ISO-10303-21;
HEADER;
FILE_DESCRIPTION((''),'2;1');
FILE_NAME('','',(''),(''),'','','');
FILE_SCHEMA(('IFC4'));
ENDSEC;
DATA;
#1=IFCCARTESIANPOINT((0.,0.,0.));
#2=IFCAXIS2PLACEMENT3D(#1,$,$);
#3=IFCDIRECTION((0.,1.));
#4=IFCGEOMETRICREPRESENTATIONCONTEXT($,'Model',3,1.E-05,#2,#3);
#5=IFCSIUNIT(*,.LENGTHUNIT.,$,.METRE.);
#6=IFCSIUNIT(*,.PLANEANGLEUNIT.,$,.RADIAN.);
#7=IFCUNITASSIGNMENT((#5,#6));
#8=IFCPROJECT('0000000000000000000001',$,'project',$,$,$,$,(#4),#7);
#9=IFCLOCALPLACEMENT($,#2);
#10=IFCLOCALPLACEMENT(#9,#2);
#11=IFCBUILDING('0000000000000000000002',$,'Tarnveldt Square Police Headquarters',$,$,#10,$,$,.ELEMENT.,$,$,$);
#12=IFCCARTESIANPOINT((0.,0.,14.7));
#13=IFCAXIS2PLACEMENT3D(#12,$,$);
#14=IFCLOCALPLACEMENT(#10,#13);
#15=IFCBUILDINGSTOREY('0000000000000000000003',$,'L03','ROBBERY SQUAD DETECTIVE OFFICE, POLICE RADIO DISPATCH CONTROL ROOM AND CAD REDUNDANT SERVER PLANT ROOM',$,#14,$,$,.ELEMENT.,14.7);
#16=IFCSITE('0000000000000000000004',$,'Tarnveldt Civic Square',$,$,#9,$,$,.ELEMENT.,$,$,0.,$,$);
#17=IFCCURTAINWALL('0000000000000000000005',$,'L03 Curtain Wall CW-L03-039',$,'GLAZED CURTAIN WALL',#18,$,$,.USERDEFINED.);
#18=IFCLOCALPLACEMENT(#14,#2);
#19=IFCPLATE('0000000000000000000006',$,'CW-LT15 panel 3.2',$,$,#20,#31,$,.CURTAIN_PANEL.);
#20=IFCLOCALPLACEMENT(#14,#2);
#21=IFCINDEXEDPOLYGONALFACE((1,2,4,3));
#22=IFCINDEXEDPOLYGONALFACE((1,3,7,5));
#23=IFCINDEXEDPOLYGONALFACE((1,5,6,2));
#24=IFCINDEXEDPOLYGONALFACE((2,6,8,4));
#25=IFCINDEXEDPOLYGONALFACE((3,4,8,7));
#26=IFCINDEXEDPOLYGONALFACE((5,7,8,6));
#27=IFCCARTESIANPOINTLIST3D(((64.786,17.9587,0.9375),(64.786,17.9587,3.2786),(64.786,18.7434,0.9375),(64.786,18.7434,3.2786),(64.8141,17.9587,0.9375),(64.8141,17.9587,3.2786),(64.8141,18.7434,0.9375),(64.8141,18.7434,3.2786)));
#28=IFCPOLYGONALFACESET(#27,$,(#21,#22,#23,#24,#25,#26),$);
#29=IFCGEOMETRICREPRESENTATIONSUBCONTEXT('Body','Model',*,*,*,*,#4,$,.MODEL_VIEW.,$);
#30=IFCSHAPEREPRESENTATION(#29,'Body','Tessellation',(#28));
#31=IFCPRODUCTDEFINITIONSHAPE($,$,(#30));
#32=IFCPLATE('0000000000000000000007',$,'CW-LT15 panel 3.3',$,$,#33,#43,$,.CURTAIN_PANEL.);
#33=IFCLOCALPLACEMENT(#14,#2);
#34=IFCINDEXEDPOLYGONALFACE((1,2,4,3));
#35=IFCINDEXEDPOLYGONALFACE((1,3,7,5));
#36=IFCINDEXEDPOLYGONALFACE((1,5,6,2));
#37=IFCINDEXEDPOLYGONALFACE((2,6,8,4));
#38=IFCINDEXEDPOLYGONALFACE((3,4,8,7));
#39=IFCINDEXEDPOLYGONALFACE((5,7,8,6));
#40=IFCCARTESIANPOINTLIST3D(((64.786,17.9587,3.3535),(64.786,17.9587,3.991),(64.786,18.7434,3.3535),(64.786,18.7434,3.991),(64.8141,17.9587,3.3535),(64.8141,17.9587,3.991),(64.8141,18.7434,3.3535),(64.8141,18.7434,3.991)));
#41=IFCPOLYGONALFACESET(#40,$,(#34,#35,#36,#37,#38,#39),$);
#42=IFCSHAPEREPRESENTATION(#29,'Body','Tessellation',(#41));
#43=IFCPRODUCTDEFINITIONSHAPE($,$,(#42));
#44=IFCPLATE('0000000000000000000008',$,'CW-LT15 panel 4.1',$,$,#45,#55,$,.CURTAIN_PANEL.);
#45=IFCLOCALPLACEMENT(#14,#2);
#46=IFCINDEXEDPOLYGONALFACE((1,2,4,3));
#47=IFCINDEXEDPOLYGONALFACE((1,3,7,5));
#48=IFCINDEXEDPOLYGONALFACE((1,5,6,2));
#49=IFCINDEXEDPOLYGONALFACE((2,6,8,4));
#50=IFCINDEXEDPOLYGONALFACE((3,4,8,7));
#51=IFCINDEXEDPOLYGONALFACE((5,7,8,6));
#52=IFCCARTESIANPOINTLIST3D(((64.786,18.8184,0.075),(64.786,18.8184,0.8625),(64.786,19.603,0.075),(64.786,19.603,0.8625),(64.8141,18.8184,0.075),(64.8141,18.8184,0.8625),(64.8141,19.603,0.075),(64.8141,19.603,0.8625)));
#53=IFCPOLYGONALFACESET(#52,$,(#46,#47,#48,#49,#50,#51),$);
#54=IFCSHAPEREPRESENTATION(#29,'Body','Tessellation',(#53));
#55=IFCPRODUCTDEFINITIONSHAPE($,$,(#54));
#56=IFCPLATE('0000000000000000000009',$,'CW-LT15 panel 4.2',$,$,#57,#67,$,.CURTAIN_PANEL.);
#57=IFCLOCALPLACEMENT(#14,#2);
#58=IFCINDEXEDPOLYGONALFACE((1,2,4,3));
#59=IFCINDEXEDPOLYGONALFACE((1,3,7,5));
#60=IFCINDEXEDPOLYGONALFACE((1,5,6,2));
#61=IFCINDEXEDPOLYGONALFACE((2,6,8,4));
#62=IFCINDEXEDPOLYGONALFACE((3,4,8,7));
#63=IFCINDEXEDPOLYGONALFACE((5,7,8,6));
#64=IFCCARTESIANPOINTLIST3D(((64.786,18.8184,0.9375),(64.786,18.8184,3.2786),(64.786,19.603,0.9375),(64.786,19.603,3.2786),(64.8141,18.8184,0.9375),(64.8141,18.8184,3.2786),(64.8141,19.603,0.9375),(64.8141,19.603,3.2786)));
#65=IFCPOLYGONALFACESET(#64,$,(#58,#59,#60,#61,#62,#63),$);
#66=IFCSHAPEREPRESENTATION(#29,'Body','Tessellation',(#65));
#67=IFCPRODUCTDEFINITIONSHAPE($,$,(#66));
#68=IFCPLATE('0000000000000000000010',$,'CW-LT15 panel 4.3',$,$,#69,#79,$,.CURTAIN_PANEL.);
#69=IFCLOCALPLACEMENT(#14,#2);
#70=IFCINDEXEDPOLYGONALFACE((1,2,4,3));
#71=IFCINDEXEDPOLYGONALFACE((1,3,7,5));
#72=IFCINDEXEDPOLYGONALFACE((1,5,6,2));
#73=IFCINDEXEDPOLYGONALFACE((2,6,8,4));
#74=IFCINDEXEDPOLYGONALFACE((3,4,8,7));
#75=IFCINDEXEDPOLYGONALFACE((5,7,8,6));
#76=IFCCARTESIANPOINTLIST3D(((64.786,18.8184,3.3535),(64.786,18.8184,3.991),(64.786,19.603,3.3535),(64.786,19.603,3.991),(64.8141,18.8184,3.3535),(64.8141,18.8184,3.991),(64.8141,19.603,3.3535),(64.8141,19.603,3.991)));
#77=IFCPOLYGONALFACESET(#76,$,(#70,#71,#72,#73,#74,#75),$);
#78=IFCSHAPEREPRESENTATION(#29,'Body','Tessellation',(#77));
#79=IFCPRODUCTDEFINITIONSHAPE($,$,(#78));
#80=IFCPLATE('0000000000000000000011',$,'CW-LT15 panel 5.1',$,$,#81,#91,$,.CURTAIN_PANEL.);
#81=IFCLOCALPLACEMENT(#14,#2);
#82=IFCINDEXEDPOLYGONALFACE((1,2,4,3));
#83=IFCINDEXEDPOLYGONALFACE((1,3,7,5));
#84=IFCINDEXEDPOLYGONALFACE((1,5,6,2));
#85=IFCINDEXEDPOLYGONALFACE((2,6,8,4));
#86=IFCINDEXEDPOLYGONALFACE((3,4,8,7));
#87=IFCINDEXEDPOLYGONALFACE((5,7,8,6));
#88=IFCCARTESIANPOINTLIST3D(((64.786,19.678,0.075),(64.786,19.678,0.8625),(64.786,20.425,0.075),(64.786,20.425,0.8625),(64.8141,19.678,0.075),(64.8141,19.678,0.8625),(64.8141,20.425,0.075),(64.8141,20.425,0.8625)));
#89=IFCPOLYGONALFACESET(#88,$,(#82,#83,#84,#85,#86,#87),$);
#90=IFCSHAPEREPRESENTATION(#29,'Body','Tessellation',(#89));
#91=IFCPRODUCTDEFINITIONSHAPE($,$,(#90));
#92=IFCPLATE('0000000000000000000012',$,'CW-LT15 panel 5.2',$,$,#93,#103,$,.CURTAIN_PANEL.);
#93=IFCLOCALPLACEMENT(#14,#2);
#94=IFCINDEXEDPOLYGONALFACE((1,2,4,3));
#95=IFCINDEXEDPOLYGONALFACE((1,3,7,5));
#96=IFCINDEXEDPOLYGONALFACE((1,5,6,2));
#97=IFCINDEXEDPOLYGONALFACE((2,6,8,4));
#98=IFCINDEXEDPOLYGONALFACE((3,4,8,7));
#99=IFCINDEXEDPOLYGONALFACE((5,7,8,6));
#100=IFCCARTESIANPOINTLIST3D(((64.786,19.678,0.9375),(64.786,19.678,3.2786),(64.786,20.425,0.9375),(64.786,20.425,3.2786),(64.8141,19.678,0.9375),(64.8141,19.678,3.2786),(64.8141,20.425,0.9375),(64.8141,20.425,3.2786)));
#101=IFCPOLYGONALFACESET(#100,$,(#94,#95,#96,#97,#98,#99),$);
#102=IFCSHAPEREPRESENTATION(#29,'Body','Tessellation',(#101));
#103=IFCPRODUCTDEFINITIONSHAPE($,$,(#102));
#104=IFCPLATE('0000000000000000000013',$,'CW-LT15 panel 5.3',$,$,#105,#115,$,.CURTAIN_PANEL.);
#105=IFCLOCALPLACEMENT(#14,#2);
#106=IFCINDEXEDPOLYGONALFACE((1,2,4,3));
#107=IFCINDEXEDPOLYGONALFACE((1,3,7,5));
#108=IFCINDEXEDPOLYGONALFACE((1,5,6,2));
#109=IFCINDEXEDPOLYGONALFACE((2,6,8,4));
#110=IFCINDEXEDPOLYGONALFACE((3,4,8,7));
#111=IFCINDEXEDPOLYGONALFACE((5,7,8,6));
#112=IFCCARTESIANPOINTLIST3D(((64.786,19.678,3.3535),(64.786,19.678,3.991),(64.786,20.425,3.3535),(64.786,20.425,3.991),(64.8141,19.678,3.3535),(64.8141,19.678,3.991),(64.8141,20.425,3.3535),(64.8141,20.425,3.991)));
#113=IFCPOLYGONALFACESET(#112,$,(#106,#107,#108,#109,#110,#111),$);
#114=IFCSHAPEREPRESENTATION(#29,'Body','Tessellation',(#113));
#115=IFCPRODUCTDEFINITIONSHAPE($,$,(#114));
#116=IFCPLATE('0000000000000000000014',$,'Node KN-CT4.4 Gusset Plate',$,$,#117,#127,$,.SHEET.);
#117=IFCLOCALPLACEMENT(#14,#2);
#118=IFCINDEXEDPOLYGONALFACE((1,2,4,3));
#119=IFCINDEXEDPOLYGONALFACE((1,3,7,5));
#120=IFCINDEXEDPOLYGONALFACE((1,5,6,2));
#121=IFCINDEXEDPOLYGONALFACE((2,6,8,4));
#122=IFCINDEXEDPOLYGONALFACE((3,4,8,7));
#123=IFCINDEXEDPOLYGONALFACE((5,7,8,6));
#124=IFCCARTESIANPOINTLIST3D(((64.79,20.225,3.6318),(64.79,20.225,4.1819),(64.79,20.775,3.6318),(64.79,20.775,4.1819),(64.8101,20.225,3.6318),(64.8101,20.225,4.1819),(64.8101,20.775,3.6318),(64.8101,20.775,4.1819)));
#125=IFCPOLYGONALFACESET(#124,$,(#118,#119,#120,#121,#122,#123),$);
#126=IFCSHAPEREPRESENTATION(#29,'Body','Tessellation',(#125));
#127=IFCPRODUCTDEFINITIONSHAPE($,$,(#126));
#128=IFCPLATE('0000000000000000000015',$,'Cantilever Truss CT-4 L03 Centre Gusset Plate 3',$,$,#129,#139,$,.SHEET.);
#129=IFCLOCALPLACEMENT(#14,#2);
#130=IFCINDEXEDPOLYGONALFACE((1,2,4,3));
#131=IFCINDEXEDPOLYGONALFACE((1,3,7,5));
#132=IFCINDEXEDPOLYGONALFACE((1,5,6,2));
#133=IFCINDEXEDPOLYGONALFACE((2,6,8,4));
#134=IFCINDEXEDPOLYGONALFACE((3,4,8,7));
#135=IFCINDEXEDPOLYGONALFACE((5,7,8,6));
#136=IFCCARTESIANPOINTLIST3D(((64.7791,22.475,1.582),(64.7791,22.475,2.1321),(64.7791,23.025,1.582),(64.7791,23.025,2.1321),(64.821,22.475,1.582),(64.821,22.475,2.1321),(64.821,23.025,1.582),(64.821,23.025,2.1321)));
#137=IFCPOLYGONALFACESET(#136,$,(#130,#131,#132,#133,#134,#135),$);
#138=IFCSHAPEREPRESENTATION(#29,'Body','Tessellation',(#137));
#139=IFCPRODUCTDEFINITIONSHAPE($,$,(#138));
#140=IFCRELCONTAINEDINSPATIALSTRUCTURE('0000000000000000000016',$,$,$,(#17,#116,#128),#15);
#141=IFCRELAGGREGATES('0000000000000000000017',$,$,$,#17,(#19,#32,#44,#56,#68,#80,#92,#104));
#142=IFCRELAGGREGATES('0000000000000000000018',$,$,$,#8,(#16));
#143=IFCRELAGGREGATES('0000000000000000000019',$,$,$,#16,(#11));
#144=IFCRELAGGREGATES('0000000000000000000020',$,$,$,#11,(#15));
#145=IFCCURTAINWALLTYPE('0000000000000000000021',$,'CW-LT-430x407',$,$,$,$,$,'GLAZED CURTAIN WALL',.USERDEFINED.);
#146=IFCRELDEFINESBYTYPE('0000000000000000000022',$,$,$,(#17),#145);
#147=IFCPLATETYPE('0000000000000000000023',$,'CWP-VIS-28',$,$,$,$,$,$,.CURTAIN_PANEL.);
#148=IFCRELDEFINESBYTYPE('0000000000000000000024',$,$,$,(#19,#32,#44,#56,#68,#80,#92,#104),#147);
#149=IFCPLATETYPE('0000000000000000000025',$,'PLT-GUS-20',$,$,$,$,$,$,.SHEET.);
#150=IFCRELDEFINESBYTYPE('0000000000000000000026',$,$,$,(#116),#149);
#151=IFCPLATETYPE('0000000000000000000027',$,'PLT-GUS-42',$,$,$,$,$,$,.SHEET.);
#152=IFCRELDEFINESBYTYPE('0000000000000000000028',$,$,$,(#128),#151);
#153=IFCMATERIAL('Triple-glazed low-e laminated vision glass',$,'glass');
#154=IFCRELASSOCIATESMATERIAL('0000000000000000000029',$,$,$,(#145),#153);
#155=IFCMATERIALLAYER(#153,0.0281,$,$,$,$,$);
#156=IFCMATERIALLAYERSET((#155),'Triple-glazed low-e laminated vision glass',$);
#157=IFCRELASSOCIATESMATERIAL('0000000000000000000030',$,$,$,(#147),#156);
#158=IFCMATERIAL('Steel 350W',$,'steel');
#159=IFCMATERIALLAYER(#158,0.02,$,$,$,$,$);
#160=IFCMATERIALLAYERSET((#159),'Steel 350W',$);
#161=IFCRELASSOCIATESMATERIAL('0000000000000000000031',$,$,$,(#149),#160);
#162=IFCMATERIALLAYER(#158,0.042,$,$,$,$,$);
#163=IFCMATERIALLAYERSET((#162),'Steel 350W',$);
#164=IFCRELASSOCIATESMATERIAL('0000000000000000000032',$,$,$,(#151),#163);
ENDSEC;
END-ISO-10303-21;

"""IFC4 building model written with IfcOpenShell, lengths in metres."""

from ifc_helpers import new_model, si_unit, direction, frame, origin, origin_2d, place, context, subcontext, project, spatial, rectangle, extrude, material, layer, layer_set, type_object, element, aggregate, save


model = new_model("IFC4")

# Units and contexts
model_context = context("Model", 3, precision=1e-05, world=origin(), true_north=direction((0.0, 1.0)))
body_context = subcontext(model_context, "Body", "Model", "MODEL_VIEW")
ifc_project = project(units=[si_unit("LENGTHUNIT", "METRE"), si_unit("PLANEANGLEUNIT", "RADIAN")], contexts=[model_context])

# Site, building, storey
site_placement = place(None, origin())
site = spatial("IfcSite", under=ifc_project, at=site_placement, Name="Tarnveldt Civic Square", CompositionType="ELEMENT", RefElevation=0.0)
building_placement = place(site_placement, origin())
building = spatial("IfcBuilding", under=site, at=building_placement, Name="Tarnveldt Square Police Headquarters", CompositionType="ELEMENT")
storey_placement = place(building_placement, frame((0.0, 0.0, 14.7)))
storey = spatial("IfcBuildingStorey", under=building, at=storey_placement, Name="L03", Description="ROBBERY SQUAD DETECTIVE OFFICE, POLICE RADIO DISPATCH CONTROL ROOM AND CAD REDUNDANT SERVER PLANT ROOM", CompositionType="ELEMENT", Elevation=14.7)

# Shared definitions
ifc_material_1 = material(Name="Steel 350W", Category="steel")

# Curtain wall
ifc_material_2 = material(Name="Triple-glazed low-e laminated vision glass", Category="glass")
curtain_wall_type = type_object("IfcCurtainWallType", Name="CW-LT-430x407", ElementType="GLAZED CURTAIN WALL", PredefinedType="USERDEFINED", material=ifc_material_2)
curtain_wall_placement = place(storey_placement, origin())
curtain_wall = element("IfcCurtainWall", 1, at=curtain_wall_placement, inside=storey, type_object=curtain_wall_type, Name="L03 Curtain Wall CW-L03-039", ObjectType="GLAZED CURTAIN WALL", PredefinedType="USERDEFINED")

# Plates
ifc_layer_1 = layer(ifc_material_2, 0.0281)
ifc_layer_set_1 = layer_set([ifc_layer_1], Name="Triple-glazed low-e laminated vision glass")
plate_type_1 = type_object("IfcPlateType", Name="CWP-VIS-28", PredefinedType="CURTAIN_PANEL", material=ifc_layer_set_1)
plate_1_placement = place(storey_placement, frame((64.8, 18.3511, 0.9375), z_axis=(0.0, 0.0, 1.0), x_axis=(0.0, 1.0, 0.0)))
plate_1 = element("IfcPlate", 2, at=plate_1_placement, type_object=plate_type_1, Name="CW-LT15 panel 3.2", PredefinedType="CURTAIN_PANEL", context=body_context, shape_type="SweptSolid", body=[
    extrude(rectangle(XDim=0.7847, YDim=0.0281, at=origin_2d()), origin(), (0.0, 0.0, 1.0), 2.3411),
])
plate_2_placement = place(storey_placement, frame((64.8, 18.3511, 3.3535), z_axis=(0.0, 0.0, 1.0), x_axis=(0.0, 1.0, 0.0)))
plate_2 = element("IfcPlate", 3, at=plate_2_placement, type_object=plate_type_1, Name="CW-LT15 panel 3.3", PredefinedType="CURTAIN_PANEL", context=body_context, shape_type="SweptSolid", body=[
    extrude(rectangle(XDim=0.7847, YDim=0.0281, at=origin_2d()), origin(), (0.0, 0.0, 1.0), 0.6375),
])
plate_3_placement = place(storey_placement, frame((64.8, 19.2107, 0.075), z_axis=(0.0, 0.0, 1.0), x_axis=(0.0, 1.0, 0.0)))
plate_3 = element("IfcPlate", 4, at=plate_3_placement, type_object=plate_type_1, Name="CW-LT15 panel 4.1", PredefinedType="CURTAIN_PANEL", context=body_context, shape_type="SweptSolid", body=[
    extrude(rectangle(XDim=0.7847, YDim=0.0281, at=origin_2d()), origin(), (0.0, 0.0, 1.0), 0.7876),
])
plate_4_placement = place(storey_placement, frame((64.8, 19.2107, 0.9375), z_axis=(0.0, 0.0, 1.0), x_axis=(0.0, 1.0, 0.0)))
plate_4 = element("IfcPlate", 5, at=plate_4_placement, type_object=plate_type_1, Name="CW-LT15 panel 4.2", PredefinedType="CURTAIN_PANEL", context=body_context, shape_type="SweptSolid", body=[
    extrude(rectangle(XDim=0.7847, YDim=0.0281, at=origin_2d()), origin(), (0.0, 0.0, 1.0), 2.3411),
])
plate_5_placement = place(storey_placement, frame((64.8, 19.2107, 3.3535), z_axis=(0.0, 0.0, 1.0), x_axis=(0.0, 1.0, 0.0)))
plate_5 = element("IfcPlate", 6, at=plate_5_placement, type_object=plate_type_1, Name="CW-LT15 panel 4.3", PredefinedType="CURTAIN_PANEL", context=body_context, shape_type="SweptSolid", body=[
    extrude(rectangle(XDim=0.7847, YDim=0.0281, at=origin_2d()), origin(), (0.0, 0.0, 1.0), 0.6375),
])
plate_6_placement = place(storey_placement, frame((64.8, 20.0515, 0.075), z_axis=(0.0, 0.0, 1.0), x_axis=(0.0, 1.0, 0.0)))
plate_6 = element("IfcPlate", 7, at=plate_6_placement, type_object=plate_type_1, Name="CW-LT15 panel 5.1", PredefinedType="CURTAIN_PANEL", context=body_context, shape_type="SweptSolid", body=[
    extrude(rectangle(XDim=0.7471, YDim=0.0281, at=origin_2d()), origin(), (0.0, 0.0, 1.0), 0.7876),
])
plate_7_placement = place(storey_placement, frame((64.8, 20.0515, 0.9375), z_axis=(0.0, 0.0, 1.0), x_axis=(0.0, 1.0, 0.0)))
plate_7 = element("IfcPlate", 8, at=plate_7_placement, type_object=plate_type_1, Name="CW-LT15 panel 5.2", PredefinedType="CURTAIN_PANEL", context=body_context, shape_type="SweptSolid", body=[
    extrude(rectangle(XDim=0.7471, YDim=0.0281, at=origin_2d()), origin(), (0.0, 0.0, 1.0), 2.3411),
])
plate_8_placement = place(storey_placement, frame((64.8, 20.0515, 3.3535), z_axis=(0.0, 0.0, 1.0), x_axis=(0.0, 1.0, 0.0)))
plate_8 = element("IfcPlate", 9, at=plate_8_placement, type_object=plate_type_1, Name="CW-LT15 panel 5.3", PredefinedType="CURTAIN_PANEL", context=body_context, shape_type="SweptSolid", body=[
    extrude(rectangle(XDim=0.7471, YDim=0.0281, at=origin_2d()), origin(), (0.0, 0.0, 1.0), 0.6375),
])
aggregate(curtain_wall, [plate_1, plate_2, plate_3, plate_4, plate_5, plate_6, plate_7, plate_8])

# Plates
ifc_layer_2 = layer(ifc_material_1, 0.02)
ifc_layer_set_2 = layer_set([ifc_layer_2], Name="Steel 350W")
plate_type_2 = type_object("IfcPlateType", Name="PLT-GUS-20", PredefinedType="SHEET", material=ifc_layer_set_2)
plate_9_placement = place(storey_placement, frame((64.8, 20.5, 3.6318), z_axis=(0.0, 0.0, 1.0), x_axis=(1.0, 0.0, 0.0)))
element("IfcPlate", 10, at=plate_9_placement, inside=storey, type_object=plate_type_2, Name="Node KN-CT4.4 Gusset Plate", PredefinedType="SHEET", context=body_context, shape_type="SweptSolid", body=[
    extrude(rectangle(XDim=0.02, YDim=0.55, at=origin_2d()), origin(), (0.0, 0.0, 1.0), 0.55),
])
ifc_layer_3 = layer(ifc_material_1, 0.042)
ifc_layer_set_3 = layer_set([ifc_layer_3], Name="Steel 350W")
plate_type_3 = type_object("IfcPlateType", Name="PLT-GUS-42", PredefinedType="SHEET", material=ifc_layer_set_3)
plate_10_placement = place(storey_placement, frame((64.8, 22.75, 1.582), z_axis=(0.0, 0.0, 1.0), x_axis=(1.0, 0.0, 0.0)))
element("IfcPlate", 11, at=plate_10_placement, inside=storey, type_object=plate_type_3, Name="Cantilever Truss CT-4 L03 Centre Gusset Plate 3", PredefinedType="SHEET", context=body_context, shape_type="SweptSolid", body=[
    extrude(rectangle(XDim=0.042, YDim=0.55, at=origin_2d()), origin(), (0.0, 0.0, 1.0), 0.55),
])

save(model, "model.ifc")
